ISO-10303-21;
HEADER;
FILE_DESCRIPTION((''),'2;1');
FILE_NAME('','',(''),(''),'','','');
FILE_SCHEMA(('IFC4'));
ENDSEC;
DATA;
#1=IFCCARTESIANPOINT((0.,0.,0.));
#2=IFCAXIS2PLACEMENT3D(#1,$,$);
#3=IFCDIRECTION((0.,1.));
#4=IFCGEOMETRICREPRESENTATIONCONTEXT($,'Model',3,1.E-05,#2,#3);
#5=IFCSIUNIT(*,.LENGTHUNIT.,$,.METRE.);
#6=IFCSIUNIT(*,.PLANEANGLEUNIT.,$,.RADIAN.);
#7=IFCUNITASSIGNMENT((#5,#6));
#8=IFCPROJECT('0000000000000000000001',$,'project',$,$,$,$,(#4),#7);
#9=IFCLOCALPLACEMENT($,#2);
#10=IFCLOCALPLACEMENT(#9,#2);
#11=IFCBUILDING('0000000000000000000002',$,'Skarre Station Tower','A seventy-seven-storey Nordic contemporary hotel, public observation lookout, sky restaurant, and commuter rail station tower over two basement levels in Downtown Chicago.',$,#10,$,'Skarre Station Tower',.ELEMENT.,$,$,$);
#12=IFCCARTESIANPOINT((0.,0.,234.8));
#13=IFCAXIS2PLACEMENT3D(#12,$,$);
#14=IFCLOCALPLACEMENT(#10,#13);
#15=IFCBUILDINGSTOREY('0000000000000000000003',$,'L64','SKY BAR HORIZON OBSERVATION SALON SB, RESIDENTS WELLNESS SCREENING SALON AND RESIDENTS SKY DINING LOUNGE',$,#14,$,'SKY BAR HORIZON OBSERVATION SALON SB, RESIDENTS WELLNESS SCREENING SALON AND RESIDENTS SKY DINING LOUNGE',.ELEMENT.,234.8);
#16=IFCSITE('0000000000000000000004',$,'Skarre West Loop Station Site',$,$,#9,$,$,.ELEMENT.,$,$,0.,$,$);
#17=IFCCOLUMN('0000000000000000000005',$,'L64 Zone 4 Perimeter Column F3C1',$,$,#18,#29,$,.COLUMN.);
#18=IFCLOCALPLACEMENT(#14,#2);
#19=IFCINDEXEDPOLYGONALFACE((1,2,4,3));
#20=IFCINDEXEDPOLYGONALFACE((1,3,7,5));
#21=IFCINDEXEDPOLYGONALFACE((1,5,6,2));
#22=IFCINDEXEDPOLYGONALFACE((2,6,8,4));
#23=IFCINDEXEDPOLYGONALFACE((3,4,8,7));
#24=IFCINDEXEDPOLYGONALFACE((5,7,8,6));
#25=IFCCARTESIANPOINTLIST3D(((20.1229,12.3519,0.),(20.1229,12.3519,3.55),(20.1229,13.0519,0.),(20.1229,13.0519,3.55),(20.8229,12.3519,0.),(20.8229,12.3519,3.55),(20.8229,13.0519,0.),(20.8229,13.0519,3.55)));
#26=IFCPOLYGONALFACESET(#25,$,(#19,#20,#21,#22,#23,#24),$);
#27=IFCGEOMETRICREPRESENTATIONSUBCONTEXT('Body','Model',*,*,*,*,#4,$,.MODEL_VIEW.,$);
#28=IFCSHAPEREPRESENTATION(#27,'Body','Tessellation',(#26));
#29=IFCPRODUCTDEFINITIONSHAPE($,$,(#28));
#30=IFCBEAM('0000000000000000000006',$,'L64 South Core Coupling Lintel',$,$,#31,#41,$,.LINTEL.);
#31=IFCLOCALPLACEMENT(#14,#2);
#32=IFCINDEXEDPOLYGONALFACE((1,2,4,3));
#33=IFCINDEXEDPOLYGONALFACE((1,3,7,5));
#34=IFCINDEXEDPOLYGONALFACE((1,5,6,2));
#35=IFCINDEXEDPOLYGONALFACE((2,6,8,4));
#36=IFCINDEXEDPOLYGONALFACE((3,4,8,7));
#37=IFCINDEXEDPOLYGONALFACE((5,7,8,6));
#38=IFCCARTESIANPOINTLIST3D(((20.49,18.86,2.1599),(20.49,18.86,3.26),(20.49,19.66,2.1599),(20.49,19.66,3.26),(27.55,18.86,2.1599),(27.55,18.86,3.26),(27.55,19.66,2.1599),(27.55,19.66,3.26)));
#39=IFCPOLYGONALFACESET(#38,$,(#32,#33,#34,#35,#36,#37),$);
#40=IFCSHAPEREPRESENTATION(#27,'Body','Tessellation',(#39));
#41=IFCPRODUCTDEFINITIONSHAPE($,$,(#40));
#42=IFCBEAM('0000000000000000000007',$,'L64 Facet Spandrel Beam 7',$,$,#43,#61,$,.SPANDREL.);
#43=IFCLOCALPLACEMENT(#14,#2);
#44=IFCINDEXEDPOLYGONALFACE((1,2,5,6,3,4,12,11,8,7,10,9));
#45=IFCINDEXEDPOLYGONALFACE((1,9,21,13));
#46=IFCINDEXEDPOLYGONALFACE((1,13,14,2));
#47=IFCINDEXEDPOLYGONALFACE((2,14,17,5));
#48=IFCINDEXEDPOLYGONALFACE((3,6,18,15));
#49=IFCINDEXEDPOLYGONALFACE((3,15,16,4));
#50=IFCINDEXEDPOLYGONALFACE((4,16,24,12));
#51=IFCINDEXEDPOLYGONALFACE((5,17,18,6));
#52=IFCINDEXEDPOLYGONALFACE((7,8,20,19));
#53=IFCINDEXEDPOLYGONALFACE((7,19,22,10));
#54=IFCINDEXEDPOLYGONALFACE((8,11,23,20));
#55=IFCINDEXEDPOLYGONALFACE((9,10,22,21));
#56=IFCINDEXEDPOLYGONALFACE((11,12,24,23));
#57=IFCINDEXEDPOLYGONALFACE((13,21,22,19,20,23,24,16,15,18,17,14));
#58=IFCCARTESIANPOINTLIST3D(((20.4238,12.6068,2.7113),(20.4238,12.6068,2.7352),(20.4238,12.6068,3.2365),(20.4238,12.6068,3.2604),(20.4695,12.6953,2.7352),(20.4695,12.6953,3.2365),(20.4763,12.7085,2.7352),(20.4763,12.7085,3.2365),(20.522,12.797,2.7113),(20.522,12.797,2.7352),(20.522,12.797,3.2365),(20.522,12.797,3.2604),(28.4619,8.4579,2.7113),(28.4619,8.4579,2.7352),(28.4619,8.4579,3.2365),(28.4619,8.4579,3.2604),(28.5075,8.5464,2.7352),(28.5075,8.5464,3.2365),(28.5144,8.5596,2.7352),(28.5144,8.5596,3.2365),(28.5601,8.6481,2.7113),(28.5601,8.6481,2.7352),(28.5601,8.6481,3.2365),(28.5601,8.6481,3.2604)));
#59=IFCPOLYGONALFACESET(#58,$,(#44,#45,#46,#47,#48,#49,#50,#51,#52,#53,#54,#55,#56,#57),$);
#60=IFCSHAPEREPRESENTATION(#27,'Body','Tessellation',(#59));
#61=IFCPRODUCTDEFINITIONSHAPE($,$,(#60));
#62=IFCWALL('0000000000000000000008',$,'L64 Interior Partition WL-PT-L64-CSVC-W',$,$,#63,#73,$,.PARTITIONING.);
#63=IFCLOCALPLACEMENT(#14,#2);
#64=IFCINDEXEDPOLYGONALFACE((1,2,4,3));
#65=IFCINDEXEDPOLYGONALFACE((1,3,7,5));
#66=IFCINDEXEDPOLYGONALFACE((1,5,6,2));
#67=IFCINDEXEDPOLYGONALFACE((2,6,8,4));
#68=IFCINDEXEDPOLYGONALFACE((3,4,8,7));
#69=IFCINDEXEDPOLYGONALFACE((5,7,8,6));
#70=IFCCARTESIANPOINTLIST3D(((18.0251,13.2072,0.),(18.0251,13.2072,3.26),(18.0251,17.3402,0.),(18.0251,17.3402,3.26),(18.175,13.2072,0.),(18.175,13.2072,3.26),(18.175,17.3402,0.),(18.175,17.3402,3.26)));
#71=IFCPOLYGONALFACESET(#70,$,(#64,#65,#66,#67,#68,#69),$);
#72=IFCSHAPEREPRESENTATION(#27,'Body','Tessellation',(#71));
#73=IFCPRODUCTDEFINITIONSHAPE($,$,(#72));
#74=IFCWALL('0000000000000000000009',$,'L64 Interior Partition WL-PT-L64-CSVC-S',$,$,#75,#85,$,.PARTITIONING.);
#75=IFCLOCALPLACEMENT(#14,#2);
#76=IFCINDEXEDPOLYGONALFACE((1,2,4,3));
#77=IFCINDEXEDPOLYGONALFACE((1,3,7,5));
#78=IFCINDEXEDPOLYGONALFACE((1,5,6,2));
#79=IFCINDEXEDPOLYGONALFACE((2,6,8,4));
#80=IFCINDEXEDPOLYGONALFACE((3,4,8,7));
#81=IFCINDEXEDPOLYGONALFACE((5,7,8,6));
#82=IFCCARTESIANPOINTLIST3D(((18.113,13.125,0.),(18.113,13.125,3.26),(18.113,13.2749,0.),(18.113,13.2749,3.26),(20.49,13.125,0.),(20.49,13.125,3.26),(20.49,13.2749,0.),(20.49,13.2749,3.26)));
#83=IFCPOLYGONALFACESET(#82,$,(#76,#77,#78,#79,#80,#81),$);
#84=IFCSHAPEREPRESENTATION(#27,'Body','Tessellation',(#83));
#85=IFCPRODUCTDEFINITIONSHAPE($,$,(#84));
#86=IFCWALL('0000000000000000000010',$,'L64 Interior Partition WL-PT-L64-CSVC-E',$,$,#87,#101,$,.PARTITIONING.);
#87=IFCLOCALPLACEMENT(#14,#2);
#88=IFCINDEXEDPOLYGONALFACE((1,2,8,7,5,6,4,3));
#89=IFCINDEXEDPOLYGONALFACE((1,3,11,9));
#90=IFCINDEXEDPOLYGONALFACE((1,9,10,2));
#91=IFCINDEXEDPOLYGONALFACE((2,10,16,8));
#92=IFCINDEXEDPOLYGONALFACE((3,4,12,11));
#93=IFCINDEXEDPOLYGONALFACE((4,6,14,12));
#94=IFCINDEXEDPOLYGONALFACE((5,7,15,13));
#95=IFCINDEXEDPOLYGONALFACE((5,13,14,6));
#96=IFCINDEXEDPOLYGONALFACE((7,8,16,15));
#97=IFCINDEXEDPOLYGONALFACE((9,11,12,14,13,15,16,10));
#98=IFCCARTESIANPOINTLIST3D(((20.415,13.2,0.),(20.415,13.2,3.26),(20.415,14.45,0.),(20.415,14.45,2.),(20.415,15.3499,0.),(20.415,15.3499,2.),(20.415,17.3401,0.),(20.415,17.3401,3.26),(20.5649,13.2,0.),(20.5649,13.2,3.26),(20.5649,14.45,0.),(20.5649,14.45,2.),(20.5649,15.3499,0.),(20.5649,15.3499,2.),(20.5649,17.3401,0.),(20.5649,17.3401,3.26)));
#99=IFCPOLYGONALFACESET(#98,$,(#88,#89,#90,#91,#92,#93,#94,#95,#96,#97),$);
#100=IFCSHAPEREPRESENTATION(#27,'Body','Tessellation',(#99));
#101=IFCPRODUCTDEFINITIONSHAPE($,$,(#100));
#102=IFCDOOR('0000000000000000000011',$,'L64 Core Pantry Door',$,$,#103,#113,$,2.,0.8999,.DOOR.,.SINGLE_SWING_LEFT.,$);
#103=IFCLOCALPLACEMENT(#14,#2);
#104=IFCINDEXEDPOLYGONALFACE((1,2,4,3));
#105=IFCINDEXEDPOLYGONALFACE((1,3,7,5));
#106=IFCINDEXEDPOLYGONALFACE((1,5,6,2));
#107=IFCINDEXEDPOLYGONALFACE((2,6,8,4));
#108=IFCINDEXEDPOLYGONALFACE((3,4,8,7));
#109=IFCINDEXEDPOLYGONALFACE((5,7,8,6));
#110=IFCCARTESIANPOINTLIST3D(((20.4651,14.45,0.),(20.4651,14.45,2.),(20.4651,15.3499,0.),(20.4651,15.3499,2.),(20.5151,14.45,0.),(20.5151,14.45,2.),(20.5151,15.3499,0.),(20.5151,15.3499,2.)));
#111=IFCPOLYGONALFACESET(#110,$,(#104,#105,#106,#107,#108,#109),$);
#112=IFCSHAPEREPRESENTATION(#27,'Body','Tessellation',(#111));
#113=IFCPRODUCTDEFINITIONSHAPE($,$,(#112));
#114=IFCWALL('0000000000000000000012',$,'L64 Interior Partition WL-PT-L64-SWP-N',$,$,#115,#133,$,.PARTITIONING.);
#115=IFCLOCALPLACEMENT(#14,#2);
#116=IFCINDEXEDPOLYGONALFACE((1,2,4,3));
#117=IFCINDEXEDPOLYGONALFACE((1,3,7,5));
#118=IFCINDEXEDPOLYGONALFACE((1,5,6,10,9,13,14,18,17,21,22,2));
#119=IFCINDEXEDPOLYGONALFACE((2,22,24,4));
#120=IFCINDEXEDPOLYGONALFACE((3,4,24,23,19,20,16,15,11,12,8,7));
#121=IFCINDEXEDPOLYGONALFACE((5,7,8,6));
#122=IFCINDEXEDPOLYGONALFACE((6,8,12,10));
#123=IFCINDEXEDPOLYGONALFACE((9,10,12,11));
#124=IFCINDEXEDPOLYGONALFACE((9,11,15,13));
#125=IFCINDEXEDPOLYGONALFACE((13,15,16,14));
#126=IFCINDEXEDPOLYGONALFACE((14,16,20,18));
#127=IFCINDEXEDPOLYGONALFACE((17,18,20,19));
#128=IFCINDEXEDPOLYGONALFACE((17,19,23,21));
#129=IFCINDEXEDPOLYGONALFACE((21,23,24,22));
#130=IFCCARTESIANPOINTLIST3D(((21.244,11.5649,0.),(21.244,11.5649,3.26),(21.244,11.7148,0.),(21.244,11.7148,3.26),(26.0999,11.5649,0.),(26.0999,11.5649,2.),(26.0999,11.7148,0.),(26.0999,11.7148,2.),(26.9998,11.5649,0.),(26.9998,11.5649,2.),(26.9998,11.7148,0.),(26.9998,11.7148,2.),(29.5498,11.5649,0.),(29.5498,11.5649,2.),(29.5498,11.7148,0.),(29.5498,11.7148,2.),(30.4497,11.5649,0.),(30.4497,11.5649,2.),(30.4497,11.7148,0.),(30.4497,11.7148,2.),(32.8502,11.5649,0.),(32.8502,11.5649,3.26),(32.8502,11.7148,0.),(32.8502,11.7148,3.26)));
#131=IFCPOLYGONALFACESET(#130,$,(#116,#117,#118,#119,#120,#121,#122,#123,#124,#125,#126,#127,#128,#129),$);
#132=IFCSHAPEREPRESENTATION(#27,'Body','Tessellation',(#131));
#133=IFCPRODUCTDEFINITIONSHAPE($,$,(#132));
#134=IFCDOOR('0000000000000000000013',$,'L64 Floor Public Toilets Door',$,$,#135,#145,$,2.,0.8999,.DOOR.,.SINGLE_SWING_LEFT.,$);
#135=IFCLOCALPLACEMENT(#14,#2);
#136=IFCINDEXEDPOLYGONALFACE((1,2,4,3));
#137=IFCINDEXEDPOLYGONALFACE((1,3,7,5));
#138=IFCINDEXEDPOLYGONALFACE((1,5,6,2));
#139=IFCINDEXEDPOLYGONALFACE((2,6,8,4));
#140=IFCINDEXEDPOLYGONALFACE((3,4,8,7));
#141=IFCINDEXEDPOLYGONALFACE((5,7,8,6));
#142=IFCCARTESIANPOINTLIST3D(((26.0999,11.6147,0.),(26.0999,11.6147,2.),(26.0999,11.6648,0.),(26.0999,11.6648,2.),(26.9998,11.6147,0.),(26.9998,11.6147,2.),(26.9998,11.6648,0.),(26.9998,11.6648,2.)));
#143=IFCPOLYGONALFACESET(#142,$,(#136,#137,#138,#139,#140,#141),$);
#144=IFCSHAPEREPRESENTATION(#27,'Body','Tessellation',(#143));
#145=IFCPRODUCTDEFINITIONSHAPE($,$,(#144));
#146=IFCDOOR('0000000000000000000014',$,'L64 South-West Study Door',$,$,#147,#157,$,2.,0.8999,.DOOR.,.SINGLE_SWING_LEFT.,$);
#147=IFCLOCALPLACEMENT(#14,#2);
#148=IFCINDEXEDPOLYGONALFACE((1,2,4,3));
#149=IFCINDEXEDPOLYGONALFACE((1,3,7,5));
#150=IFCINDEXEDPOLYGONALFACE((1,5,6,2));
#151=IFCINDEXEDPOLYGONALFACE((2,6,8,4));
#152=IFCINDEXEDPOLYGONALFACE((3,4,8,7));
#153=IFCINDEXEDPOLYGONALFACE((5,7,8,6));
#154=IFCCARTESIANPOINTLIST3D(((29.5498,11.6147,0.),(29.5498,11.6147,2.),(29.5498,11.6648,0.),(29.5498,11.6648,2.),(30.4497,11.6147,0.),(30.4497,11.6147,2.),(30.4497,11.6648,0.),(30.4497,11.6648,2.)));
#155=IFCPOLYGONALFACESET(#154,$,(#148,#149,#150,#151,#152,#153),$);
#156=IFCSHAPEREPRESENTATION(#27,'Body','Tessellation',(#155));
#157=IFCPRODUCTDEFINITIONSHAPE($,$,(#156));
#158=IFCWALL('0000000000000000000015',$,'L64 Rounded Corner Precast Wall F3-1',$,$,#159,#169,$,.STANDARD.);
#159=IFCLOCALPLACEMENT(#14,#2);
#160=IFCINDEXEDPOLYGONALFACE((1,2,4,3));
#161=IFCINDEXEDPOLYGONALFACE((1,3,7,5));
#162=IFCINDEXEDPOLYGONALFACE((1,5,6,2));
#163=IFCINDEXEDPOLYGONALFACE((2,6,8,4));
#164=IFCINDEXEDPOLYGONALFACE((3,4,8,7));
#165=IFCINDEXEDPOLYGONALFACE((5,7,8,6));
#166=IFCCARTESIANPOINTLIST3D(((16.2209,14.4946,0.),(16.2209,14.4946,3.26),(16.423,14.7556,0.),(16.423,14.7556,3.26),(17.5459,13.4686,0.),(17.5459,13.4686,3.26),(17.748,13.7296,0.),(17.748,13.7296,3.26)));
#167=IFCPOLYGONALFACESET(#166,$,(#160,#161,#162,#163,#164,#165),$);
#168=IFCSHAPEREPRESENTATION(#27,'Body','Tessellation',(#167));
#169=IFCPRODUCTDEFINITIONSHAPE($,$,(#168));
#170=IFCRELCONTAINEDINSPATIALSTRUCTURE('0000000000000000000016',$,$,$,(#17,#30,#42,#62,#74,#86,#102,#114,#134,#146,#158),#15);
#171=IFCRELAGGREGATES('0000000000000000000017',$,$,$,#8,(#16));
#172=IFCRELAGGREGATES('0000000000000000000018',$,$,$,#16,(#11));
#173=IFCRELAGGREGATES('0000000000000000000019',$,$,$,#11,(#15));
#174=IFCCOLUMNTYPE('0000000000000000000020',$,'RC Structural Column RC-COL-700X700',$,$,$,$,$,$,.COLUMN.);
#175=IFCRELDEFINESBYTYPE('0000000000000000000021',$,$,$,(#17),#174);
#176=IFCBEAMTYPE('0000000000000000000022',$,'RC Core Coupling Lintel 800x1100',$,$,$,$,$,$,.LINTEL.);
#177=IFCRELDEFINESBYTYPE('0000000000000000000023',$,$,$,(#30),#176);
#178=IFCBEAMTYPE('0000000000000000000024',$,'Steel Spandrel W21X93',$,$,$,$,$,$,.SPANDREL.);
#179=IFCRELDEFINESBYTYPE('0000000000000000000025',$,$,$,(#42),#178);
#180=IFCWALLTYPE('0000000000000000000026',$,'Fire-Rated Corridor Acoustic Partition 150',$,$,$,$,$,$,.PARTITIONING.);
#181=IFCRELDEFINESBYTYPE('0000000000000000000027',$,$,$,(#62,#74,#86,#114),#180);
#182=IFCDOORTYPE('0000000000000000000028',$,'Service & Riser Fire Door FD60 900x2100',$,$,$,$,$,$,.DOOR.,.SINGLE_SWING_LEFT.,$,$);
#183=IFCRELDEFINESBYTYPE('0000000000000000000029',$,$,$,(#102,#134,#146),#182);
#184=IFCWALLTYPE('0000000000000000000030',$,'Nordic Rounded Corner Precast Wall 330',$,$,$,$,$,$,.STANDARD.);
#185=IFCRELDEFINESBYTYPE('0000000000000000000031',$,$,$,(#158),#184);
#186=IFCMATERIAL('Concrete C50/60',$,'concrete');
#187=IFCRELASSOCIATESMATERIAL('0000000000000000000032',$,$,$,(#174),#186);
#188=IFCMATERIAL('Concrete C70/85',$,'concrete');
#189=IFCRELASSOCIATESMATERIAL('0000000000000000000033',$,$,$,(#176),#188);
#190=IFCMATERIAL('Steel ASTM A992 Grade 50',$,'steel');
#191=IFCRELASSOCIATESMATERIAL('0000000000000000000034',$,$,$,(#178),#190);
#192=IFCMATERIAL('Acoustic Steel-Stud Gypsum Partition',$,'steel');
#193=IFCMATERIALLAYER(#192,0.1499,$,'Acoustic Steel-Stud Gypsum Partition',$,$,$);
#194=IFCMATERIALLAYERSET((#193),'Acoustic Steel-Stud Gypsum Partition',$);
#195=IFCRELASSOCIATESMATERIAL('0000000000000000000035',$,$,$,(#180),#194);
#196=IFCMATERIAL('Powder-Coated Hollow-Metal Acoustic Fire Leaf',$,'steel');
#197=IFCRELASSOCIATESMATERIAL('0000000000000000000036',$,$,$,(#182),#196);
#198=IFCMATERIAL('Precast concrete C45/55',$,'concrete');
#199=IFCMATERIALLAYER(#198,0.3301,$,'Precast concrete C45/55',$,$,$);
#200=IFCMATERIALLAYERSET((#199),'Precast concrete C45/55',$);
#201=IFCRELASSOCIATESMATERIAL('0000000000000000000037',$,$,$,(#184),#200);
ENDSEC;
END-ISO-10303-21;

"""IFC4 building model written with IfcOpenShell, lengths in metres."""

from ifc_helpers import new_model, si_unit, direction, frame, frame_2d, origin, origin_2d, place, context, subcontext, project, spatial, rectangle, i_section, extrude, material, layer, layer_set, material_profile, profile_set, type_object, element, fill, save


model = new_model("IFC4")

# Units and contexts
model_context = context("Model", 3, precision=1e-05, world=origin(), true_north=direction((0.0, 1.0)))
body_context = subcontext(model_context, "Body", "Model", "MODEL_VIEW")
ifc_project = project(units=[si_unit("LENGTHUNIT", "METRE"), si_unit("PLANEANGLEUNIT", "RADIAN")], contexts=[model_context])

# Site, building, storey
site_placement = place(None, origin())
site = spatial("IfcSite", under=ifc_project, at=site_placement, Name="Skarre West Loop Station Site", CompositionType="ELEMENT", RefElevation=0.0)
building_placement = place(site_placement, origin())
building = spatial("IfcBuilding", under=site, at=building_placement, Name="Skarre Station Tower", Description="A seventy-seven-storey Nordic contemporary hotel, public observation lookout, sky restaurant, and commuter rail station tower over two basement levels in Downtown Chicago.", LongName="Skarre Station Tower", CompositionType="ELEMENT")
storey_placement = place(building_placement, frame((0.0, 0.0, 234.8)))
storey = spatial("IfcBuildingStorey", under=building, at=storey_placement, Name="L64", Description="SKY BAR HORIZON OBSERVATION SALON SB, RESIDENTS WELLNESS SCREENING SALON AND RESIDENTS SKY DINING LOUNGE", LongName="SKY BAR HORIZON OBSERVATION SALON SB, RESIDENTS WELLNESS SCREENING SALON AND RESIDENTS SKY DINING LOUNGE", CompositionType="ELEMENT", Elevation=234.8)

# Column
ifc_material_1 = material(Name="Concrete C50/60", Category="concrete")
ifc_material_profile_1 = material_profile(ifc_material_1, rectangle(XDim=0.7, YDim=0.7, at=origin_2d()), Name="Concrete C50/60")
ifc_profile_set_1 = profile_set([ifc_material_profile_1], Name="Concrete C50/60")
column_type = type_object("IfcColumnType", Name="RC Structural Column RC-COL-700X700", PredefinedType="COLUMN", material=ifc_profile_set_1)
column_placement = place(storey_placement, frame((20.4729, 12.7019, 0.0), z_axis=(0.0, 0.0, 1.0), x_axis=(1.0, 0.0, 0.0)))
element("IfcColumn", 1, at=column_placement, inside=storey, type_object=column_type, Name="L64 Zone 4 Perimeter Column F3C1", PredefinedType="COLUMN", context=body_context, shape_type="SweptSolid", body=[
    extrude(rectangle(XDim=0.7, YDim=0.7, at=origin_2d()), origin(), (0.0, 0.0, 1.0), 3.55),
])

# Beams
ifc_material_2 = material(Name="Concrete C70/85", Category="concrete")
ifc_material_profile_2 = material_profile(ifc_material_2, rectangle(XDim=0.8, YDim=1.1001, at=origin_2d()), Name="Concrete C70/85")
ifc_profile_set_2 = profile_set([ifc_material_profile_2], Name="Concrete C70/85")
beam_type_1 = type_object("IfcBeamType", Name="RC Core Coupling Lintel 800x1100", PredefinedType="LINTEL", material=ifc_profile_set_2)
beam_1_placement = place(storey_placement, frame((20.49, 19.26, 2.71), z_axis=(1.0, 0.0, 0.0), x_axis=(0.0, 1.0, 0.0)))
element("IfcBeam", 2, at=beam_1_placement, inside=storey, type_object=beam_type_1, Name="L64 South Core Coupling Lintel", PredefinedType="LINTEL", context=body_context, shape_type="SweptSolid", body=[
    extrude(rectangle(XDim=0.8, YDim=1.1001, at=origin_2d()), origin(), (0.0, 0.0, 1.0), 7.0601),
])
ifc_material_3 = material(Name="Steel ASTM A992 Grade 50", Category="steel")
ifc_material_profile_3 = material_profile(ifc_material_3, i_section(OverallWidth=0.2141, OverallDepth=0.5491, WebThickness=0.0149, FlangeThickness=0.0239, at=origin_2d()), Name="Steel ASTM A992 Grade 50")
ifc_profile_set_3 = profile_set([ifc_material_profile_3], Name="Steel ASTM A992 Grade 50")
beam_type_2 = type_object("IfcBeamType", Name="Steel Spandrel W21X93", PredefinedType="SPANDREL", material=ifc_profile_set_3)
beam_2_placement = place(storey_placement, frame((20.4729, 12.7019, 2.9858), z_axis=(0.88861, -0.458664, 0.0), x_axis=(0.458664, 0.88861, 0.0)))
element("IfcBeam", 3, at=beam_2_placement, inside=storey, type_object=beam_type_2, Name="L64 Facet Spandrel Beam 7", PredefinedType="SPANDREL", context=body_context, shape_type="SweptSolid", body=[
    extrude(i_section(OverallWidth=0.2141, OverallDepth=0.5491, WebThickness=0.0149, FlangeThickness=0.0239, at=origin_2d()), origin(), (0.0, 0.0, 1.0), 9.0457),
])

# Walls
ifc_material_4 = material(Name="Acoustic Steel-Stud Gypsum Partition", Category="steel")
ifc_layer_1 = layer(ifc_material_4, 0.1499, Name="Acoustic Steel-Stud Gypsum Partition")
ifc_layer_set_1 = layer_set([ifc_layer_1], Name="Acoustic Steel-Stud Gypsum Partition")
wall_type_1 = type_object("IfcWallType", Name="Fire-Rated Corridor Acoustic Partition 150", PredefinedType="PARTITIONING", material=ifc_layer_set_1)
wall_1_placement = place(storey_placement, frame((18.1001, 17.3401, 0.0), z_axis=(0.0, 0.0, 1.0), x_axis=(0.0, -1.0, 0.0)))
element("IfcWall", 4, at=wall_1_placement, inside=storey, type_object=wall_type_1, Name="L64 Interior Partition WL-PT-L64-CSVC-W", PredefinedType="PARTITIONING", context=body_context, shape_type="SweptSolid", body=[
    extrude(rectangle(XDim=4.1331, YDim=0.1499, at=frame_2d((2.0664, 0.0))), origin(), (0.0, 0.0, 1.0), 3.26),
])
wall_2_placement = place(storey_placement, frame((18.113, 13.2, 0.0), z_axis=(0.0, 0.0, 1.0), x_axis=(1.0, 0.0, 0.0)))
element("IfcWall", 5, at=wall_2_placement, inside=storey, type_object=wall_type_1, Name="L64 Interior Partition WL-PT-L64-CSVC-S", PredefinedType="PARTITIONING", context=body_context, shape_type="SweptSolid", body=[
    extrude(rectangle(XDim=2.377, YDim=0.1499, at=frame_2d((1.1885, 0.0))), origin(), (0.0, 0.0, 1.0), 3.26),
])

# Wall, opening, door
wall_3_placement = place(storey_placement, frame((20.49, 13.2, 0.0), z_axis=(0.0, 0.0, 1.0), x_axis=(0.0, 1.0, 0.0)))
wall_3 = element("IfcWall", 6, at=wall_3_placement, inside=storey, type_object=wall_type_1, Name="L64 Interior Partition WL-PT-L64-CSVC-E", PredefinedType="PARTITIONING", context=body_context, shape_type="SweptSolid", body=[
    extrude(rectangle(XDim=4.1401, YDim=0.1499, at=frame_2d((2.0701, 0.0))), origin(), (0.0, 0.0, 1.0), 3.26),
])
opening_1_placement = place(wall_3_placement, frame((1.25, 0.0, 0.0)))
opening_1 = element("IfcOpeningElement", 7, at=opening_1_placement, cuts=wall_3, PredefinedType="OPENING", context=body_context, shape_type="SweptSolid", body=[
    extrude(rectangle(XDim=0.8999, YDim=2.0, at=frame_2d((0.45, 1.0))), frame((0.0, 0.085, 0.0), z_axis=(0.0, -1.0, 0.0), x_axis=(1.0, 0.0, 0.0)), (0.0, 0.0, 1.0), 0.1699),
])
ifc_material_5 = material(Name="Powder-Coated Hollow-Metal Acoustic Fire Leaf", Category="steel")
door_type_1 = type_object("IfcDoorType", Name="Service & Riser Fire Door FD60 900x2100", OperationType="SINGLE_SWING_LEFT", PredefinedType="DOOR", material=ifc_material_5)
door_1_placement = place(opening_1_placement, origin())
door_1 = element("IfcDoor", 8, at=door_1_placement, inside=storey, type_object=door_type_1, Name="L64 Core Pantry Door", OperationType="SINGLE_SWING_LEFT", OverallHeight=2.0, OverallWidth=0.8999, PredefinedType="DOOR", context=body_context, shape_type="SweptSolid", body=[
    extrude(rectangle(XDim=0.8999, YDim=2.0, at=frame_2d((0.45, 1.0))), frame((0.0, 0.0249, 0.0), z_axis=(0.0, -1.0, 0.0), x_axis=(1.0, 0.0, 0.0)), (0.0, 0.0, 1.0), 0.05),
])
fill(opening_1, door_1)

# Wall, openings, doors
wall_4_placement = place(storey_placement, frame((21.2439, 11.6399, 0.0), z_axis=(0.0, 0.0, 1.0), x_axis=(1.0, 0.0, 0.0)))
wall_4 = element("IfcWall", 9, at=wall_4_placement, inside=storey, type_object=wall_type_1, Name="L64 Interior Partition WL-PT-L64-SWP-N", PredefinedType="PARTITIONING", context=body_context, shape_type="SweptSolid", body=[
    extrude(rectangle(XDim=11.6062, YDim=0.1499, at=frame_2d((5.8032, 0.0))), origin(), (0.0, 0.0, 1.0), 3.26),
])
opening_2_placement = place(wall_4_placement, frame((4.856, 0.0, 0.0)))
opening_2 = element("IfcOpeningElement", 10, at=opening_2_placement, cuts=wall_4, PredefinedType="OPENING", context=body_context, shape_type="SweptSolid", body=[
    extrude(rectangle(XDim=0.8999, YDim=2.0, at=frame_2d((0.45, 1.0))), frame((0.0, 0.085, 0.0), z_axis=(0.0, -1.0, 0.0), x_axis=(1.0, 0.0, 0.0)), (0.0, 0.0, 1.0), 0.1699),
])
opening_3_placement = place(wall_4_placement, frame((8.3059, 0.0, 0.0)))
opening_3 = element("IfcOpeningElement", 11, at=opening_3_placement, cuts=wall_4, PredefinedType="OPENING", context=body_context, shape_type="SweptSolid", body=[
    extrude(rectangle(XDim=0.8999, YDim=2.0, at=frame_2d((0.45, 1.0))), frame((0.0, 0.085, 0.0), z_axis=(0.0, -1.0, 0.0), x_axis=(1.0, 0.0, 0.0)), (0.0, 0.0, 1.0), 0.1699),
])
door_2_placement = place(opening_2_placement, origin())
door_2 = element("IfcDoor", 12, at=door_2_placement, inside=storey, type_object=door_type_1, Name="L64 Floor Public Toilets Door", OperationType="SINGLE_SWING_LEFT", OverallHeight=2.0, OverallWidth=0.8999, PredefinedType="DOOR", context=body_context, shape_type="SweptSolid", body=[
    extrude(rectangle(XDim=0.8999, YDim=2.0, at=frame_2d((0.45, 1.0))), frame((0.0, 0.0249, 0.0), z_axis=(0.0, -1.0, 0.0), x_axis=(1.0, 0.0, 0.0)), (0.0, 0.0, 1.0), 0.05),
])
fill(opening_2, door_2)
door_3_placement = place(opening_3_placement, origin())
door_3 = element("IfcDoor", 13, at=door_3_placement, inside=storey, type_object=door_type_1, Name="L64 South-West Study Door", OperationType="SINGLE_SWING_LEFT", OverallHeight=2.0, OverallWidth=0.8999, PredefinedType="DOOR", context=body_context, shape_type="SweptSolid", body=[
    extrude(rectangle(XDim=0.8999, YDim=2.0, at=frame_2d((0.45, 1.0))), frame((0.0, 0.0249, 0.0), z_axis=(0.0, -1.0, 0.0), x_axis=(1.0, 0.0, 0.0)), (0.0, 0.0, 1.0), 0.05),
])
fill(opening_3, door_3)

# Wall
ifc_material_6 = material(Name="Precast concrete C45/55", Category="concrete")
ifc_layer_2 = layer(ifc_material_6, 0.3301, Name="Precast concrete C45/55")
ifc_layer_set_2 = layer_set([ifc_layer_2], Name="Precast concrete C45/55")
wall_type_2 = type_object("IfcWallType", Name="Nordic Rounded Corner Precast Wall 330", PredefinedType="STANDARD", material=ifc_layer_set_2)
wall_5_placement = place(storey_placement, frame((17.647, 13.5991, 0.0), z_axis=(0.0, 0.0, 1.0), x_axis=(-0.790692, 0.612214, 0.0)))
element("IfcWall", 14, at=wall_5_placement, inside=storey, type_object=wall_type_2, Name="L64 Rounded Corner Precast Wall F3-1", PredefinedType="STANDARD", context=body_context, shape_type="SweptSolid", body=[
    extrude(rectangle(XDim=1.6758, YDim=0.3301, at=frame_2d((0.8379, 0.0))), origin(), (0.0, 0.0, 1.0), 3.26),
])

save(model, "model.ifc")
